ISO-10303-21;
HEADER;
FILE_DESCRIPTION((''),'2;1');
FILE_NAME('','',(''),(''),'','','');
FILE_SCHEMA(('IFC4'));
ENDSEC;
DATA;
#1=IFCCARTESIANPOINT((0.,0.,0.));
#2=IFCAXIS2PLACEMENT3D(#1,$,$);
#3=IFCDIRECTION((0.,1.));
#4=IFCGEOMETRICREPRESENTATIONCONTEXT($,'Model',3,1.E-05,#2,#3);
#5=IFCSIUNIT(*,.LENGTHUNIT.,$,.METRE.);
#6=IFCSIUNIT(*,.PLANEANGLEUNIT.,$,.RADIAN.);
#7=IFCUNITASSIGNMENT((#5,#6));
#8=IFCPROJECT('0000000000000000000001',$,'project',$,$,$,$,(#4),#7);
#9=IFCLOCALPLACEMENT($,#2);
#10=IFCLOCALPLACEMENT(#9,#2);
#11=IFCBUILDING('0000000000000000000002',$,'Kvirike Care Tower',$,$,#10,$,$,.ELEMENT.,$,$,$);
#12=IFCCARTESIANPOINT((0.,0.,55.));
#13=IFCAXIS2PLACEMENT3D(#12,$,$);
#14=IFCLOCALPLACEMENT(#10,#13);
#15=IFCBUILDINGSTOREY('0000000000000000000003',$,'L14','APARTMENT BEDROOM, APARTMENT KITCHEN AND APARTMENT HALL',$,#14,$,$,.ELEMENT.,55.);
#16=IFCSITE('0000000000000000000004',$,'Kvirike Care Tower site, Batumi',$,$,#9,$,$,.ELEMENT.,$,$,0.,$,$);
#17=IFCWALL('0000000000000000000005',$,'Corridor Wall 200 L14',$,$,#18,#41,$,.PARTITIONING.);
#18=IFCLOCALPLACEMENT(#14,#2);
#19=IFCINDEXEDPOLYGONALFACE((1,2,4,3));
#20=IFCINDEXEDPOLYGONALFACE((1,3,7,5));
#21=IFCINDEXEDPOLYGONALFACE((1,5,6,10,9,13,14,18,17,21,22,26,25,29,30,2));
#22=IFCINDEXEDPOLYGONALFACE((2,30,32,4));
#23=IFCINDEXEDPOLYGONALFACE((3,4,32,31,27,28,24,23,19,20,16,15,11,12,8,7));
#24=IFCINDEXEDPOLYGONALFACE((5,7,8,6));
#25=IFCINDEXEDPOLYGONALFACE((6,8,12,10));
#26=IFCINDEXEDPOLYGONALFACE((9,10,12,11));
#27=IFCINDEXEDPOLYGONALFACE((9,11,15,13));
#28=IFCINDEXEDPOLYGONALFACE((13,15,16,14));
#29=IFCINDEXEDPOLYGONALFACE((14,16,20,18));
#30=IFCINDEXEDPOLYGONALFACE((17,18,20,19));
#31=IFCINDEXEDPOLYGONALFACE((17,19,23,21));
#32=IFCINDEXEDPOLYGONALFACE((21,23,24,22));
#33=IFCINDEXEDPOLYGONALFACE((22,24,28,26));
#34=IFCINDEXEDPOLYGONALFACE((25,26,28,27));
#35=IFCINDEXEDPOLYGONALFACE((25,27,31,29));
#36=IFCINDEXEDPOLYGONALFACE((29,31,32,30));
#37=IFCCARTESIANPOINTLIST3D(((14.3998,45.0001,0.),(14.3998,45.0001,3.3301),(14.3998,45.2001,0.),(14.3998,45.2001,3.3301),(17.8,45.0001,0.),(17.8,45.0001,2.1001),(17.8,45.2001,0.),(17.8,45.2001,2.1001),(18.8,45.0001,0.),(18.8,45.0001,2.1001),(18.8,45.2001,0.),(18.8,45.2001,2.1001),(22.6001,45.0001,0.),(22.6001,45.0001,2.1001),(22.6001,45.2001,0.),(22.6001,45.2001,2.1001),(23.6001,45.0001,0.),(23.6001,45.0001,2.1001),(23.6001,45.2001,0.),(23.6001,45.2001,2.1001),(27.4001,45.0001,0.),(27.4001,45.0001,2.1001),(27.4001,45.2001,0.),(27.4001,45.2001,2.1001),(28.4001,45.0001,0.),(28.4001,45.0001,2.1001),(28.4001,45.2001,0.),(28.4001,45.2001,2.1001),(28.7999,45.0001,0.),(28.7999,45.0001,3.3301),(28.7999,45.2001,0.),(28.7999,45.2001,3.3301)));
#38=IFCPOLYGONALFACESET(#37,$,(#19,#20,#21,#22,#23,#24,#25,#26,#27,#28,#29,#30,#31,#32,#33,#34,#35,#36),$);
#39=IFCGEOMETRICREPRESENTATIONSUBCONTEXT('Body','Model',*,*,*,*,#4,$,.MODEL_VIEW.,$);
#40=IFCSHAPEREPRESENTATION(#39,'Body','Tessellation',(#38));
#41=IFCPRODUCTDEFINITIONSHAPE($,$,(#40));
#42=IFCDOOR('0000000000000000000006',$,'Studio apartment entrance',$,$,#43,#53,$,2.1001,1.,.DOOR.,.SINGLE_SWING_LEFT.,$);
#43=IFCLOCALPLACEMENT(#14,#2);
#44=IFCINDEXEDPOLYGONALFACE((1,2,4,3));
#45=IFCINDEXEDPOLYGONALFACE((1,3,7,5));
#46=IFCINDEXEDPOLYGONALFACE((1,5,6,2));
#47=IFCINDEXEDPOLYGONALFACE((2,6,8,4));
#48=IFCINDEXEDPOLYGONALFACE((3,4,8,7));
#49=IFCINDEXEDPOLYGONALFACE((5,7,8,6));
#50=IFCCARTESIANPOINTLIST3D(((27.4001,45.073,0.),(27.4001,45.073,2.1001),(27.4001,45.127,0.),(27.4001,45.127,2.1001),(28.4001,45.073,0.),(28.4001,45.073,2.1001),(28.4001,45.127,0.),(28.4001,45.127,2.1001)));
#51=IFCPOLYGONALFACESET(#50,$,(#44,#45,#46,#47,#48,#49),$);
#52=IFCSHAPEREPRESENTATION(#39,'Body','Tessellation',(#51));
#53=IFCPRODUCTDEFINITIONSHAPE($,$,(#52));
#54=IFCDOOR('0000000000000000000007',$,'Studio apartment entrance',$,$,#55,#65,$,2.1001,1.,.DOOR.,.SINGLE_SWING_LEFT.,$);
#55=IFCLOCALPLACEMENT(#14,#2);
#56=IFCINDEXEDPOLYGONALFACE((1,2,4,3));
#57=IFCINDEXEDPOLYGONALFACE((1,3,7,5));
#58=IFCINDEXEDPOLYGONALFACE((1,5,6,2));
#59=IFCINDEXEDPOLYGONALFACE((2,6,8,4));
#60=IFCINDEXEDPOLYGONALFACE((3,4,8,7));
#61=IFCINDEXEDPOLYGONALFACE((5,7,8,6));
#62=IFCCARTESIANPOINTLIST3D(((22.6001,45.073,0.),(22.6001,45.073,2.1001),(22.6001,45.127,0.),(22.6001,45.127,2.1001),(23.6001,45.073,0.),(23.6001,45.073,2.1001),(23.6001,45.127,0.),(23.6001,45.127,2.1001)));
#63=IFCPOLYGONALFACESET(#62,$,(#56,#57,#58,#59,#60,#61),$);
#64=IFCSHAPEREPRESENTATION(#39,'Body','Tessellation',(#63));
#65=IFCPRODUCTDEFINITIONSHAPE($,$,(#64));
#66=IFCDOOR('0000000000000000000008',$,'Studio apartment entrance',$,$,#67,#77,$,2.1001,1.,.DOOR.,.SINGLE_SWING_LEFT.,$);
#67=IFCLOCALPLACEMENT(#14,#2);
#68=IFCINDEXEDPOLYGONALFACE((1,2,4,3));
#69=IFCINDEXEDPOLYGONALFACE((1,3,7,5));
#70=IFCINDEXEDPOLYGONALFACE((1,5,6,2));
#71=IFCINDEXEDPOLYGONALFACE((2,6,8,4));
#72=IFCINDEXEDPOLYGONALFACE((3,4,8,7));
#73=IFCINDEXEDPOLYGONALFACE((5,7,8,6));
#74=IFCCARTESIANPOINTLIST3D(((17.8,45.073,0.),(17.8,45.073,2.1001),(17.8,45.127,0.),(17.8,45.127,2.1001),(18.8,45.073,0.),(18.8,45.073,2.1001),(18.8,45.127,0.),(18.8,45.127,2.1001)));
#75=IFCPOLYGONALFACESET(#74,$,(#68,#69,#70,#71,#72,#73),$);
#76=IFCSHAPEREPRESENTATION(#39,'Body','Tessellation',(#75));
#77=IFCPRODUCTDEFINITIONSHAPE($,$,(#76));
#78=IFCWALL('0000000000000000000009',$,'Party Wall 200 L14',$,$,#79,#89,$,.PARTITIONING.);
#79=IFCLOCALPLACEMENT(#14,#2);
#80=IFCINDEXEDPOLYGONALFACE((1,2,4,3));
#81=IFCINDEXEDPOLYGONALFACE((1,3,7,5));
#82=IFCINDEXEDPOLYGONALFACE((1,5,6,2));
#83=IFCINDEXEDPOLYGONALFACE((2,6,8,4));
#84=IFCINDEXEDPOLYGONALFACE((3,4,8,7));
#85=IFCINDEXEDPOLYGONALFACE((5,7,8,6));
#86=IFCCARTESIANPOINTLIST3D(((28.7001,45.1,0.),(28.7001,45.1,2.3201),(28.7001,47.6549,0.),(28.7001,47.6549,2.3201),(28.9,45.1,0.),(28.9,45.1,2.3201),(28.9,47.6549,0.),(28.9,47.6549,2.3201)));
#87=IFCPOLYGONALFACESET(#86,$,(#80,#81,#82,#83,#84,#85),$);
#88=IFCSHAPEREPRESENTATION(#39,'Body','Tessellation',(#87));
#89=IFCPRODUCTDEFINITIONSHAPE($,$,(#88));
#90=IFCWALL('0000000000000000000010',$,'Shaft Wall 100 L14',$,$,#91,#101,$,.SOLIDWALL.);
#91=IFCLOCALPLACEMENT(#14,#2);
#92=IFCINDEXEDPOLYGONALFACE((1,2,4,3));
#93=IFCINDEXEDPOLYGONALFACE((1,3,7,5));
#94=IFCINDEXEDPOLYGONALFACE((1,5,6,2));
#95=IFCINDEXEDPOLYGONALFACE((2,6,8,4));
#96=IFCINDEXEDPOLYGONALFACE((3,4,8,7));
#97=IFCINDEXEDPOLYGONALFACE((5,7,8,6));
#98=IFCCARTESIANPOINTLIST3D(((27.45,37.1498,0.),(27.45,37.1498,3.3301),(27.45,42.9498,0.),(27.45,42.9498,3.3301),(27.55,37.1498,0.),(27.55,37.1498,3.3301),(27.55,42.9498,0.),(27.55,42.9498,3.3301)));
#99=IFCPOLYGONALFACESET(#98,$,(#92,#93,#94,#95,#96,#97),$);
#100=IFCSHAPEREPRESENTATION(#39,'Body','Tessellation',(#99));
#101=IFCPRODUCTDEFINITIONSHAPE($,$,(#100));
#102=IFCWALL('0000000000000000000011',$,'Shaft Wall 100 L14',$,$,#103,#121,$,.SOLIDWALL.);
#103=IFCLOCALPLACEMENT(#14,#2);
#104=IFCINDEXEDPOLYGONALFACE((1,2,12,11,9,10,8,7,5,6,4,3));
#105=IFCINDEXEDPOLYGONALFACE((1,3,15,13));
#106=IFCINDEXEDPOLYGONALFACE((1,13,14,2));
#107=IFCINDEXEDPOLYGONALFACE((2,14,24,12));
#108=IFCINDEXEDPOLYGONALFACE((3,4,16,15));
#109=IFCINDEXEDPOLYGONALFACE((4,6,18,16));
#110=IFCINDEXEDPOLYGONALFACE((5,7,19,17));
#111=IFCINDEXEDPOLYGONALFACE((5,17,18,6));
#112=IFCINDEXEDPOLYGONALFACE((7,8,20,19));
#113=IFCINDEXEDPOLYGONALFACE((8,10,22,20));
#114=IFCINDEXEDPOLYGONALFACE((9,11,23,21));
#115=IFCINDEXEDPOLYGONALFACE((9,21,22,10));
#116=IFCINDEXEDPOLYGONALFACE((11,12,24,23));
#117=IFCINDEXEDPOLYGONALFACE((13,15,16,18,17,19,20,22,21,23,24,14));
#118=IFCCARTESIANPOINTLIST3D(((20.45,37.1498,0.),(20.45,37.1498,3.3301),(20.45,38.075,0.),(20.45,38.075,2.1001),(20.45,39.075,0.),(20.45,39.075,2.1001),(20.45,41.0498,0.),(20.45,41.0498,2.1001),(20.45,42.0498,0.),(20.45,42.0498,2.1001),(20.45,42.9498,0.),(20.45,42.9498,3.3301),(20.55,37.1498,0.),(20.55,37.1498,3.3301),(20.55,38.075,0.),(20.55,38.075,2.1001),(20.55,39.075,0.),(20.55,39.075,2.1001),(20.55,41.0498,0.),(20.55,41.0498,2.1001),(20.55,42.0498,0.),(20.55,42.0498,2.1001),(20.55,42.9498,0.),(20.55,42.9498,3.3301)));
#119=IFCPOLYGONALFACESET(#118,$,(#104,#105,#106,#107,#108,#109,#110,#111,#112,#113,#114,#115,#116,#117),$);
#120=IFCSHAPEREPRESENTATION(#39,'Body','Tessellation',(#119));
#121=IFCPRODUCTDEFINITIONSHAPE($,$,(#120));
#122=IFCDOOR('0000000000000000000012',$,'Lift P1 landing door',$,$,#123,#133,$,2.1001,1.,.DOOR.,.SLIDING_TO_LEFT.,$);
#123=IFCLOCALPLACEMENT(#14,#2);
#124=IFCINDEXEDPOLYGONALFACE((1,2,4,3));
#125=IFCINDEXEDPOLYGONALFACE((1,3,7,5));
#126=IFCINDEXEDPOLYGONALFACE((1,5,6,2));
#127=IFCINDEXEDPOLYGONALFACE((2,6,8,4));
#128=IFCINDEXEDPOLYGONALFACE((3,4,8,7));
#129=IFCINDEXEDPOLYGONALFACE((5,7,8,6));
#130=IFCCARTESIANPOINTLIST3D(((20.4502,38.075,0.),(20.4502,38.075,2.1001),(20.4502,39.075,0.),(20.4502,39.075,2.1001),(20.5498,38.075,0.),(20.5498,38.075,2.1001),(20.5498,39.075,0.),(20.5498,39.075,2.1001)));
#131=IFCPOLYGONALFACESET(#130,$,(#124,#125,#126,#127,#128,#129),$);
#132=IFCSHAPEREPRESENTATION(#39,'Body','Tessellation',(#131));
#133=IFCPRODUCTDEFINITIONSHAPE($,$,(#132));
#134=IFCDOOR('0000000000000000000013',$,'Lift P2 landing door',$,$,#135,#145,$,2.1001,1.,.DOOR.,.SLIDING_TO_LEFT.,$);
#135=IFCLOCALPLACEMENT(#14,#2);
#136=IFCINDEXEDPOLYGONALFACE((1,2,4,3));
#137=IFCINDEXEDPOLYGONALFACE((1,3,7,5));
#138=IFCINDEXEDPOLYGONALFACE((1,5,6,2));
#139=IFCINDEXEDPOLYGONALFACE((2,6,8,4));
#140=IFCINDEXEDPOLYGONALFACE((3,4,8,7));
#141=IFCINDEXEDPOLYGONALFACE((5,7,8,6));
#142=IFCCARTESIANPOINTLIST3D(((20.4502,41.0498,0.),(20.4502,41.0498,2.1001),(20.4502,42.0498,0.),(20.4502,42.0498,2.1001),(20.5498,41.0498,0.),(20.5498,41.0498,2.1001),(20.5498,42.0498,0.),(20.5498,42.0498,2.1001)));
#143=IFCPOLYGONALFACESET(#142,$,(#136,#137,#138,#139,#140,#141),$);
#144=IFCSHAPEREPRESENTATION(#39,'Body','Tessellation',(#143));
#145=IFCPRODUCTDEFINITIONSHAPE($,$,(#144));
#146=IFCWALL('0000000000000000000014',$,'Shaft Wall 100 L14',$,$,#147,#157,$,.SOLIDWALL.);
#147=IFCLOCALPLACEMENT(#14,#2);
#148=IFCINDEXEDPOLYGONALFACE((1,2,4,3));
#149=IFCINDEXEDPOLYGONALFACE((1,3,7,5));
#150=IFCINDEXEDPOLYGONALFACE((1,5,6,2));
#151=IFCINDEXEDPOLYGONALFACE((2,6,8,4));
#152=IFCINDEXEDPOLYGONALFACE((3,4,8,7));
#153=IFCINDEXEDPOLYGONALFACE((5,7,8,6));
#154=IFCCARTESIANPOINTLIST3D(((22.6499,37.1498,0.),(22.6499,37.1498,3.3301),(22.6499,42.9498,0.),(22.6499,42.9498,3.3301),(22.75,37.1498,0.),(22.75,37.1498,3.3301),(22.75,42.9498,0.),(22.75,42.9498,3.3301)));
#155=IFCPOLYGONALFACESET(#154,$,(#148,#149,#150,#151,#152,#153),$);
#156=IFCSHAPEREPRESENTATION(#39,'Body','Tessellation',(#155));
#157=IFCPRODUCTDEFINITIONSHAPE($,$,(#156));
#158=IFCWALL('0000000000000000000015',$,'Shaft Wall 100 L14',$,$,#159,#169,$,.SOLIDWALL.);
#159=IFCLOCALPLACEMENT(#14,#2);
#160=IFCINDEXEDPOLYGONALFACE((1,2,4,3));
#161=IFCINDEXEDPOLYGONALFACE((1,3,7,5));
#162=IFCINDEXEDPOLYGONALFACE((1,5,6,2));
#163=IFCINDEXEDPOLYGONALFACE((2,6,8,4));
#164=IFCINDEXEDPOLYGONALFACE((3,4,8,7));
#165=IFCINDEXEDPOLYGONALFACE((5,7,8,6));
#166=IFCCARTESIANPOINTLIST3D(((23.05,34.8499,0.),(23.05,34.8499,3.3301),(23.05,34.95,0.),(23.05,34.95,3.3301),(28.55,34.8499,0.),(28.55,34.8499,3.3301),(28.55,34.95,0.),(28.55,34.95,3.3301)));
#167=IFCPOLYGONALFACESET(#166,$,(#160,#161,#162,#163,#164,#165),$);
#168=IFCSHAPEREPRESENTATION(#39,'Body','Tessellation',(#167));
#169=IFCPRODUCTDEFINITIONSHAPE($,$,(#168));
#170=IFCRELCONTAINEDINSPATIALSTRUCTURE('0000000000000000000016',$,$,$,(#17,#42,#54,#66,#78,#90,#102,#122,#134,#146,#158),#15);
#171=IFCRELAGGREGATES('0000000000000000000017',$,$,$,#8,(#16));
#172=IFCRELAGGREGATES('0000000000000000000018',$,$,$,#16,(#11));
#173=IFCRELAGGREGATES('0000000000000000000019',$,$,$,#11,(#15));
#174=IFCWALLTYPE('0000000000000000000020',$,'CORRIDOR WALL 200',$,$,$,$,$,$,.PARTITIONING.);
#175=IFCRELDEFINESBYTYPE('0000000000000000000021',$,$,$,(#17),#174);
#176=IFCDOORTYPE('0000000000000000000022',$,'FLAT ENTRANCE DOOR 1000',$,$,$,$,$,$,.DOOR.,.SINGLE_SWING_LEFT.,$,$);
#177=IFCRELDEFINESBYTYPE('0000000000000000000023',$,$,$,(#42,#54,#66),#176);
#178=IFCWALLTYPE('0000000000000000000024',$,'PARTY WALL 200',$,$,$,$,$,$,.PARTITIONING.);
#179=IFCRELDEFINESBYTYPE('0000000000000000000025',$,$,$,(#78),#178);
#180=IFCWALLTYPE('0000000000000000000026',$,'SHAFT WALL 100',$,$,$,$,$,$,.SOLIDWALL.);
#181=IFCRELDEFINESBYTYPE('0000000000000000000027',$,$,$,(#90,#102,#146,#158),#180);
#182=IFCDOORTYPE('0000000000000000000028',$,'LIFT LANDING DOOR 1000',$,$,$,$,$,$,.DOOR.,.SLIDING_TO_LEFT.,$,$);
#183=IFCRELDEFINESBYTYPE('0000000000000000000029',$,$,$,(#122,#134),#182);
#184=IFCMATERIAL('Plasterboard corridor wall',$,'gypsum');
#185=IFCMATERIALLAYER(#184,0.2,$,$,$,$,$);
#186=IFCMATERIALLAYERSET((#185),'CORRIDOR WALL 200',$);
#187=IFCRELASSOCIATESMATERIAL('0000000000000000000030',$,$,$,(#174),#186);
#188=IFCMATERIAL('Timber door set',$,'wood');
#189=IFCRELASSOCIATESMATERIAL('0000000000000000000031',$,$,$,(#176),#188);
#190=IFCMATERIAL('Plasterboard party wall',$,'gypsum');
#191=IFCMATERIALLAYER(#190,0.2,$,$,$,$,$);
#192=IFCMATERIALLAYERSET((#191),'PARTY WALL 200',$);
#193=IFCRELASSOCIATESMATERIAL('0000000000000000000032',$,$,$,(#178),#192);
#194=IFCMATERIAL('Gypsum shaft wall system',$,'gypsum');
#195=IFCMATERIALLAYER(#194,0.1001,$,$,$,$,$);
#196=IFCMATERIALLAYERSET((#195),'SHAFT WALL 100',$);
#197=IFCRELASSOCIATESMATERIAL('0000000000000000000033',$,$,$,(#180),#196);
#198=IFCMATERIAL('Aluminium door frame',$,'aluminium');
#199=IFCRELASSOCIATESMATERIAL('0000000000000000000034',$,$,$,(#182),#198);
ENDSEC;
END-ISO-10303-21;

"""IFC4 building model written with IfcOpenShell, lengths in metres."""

from ifc_helpers import new_model, si_unit, direction, frame, frame_2d, origin, place, context, subcontext, project, spatial, rectangle, extrude, material, layer, layer_set, type_object, element, fill, save


model = new_model("IFC4")

# Units and contexts
model_context = context("Model", 3, precision=1e-05, world=origin(), true_north=direction((0.0, 1.0)))
body_context = subcontext(model_context, "Body", "Model", "MODEL_VIEW")
ifc_project = project(units=[si_unit("LENGTHUNIT", "METRE"), si_unit("PLANEANGLEUNIT", "RADIAN")], contexts=[model_context])

# Site, building, storey
site_placement = place(None, origin())
site = spatial("IfcSite", under=ifc_project, at=site_placement, Name="Kvirike Care Tower site, Batumi", CompositionType="ELEMENT", RefElevation=0.0)
building_placement = place(site_placement, origin())
building = spatial("IfcBuilding", under=site, at=building_placement, Name="Kvirike Care Tower", CompositionType="ELEMENT")
storey_placement = place(building_placement, frame((0.0, 0.0, 55.0)))
storey = spatial("IfcBuildingStorey", under=building, at=storey_placement, Name="L14", Description="APARTMENT BEDROOM, APARTMENT KITCHEN AND APARTMENT HALL", CompositionType="ELEMENT", Elevation=55.0)

# Wall, openings, doors
ifc_material_1 = material(Name="Plasterboard corridor wall", Category="gypsum")
ifc_layer_1 = layer(ifc_material_1, 0.2)
ifc_layer_set_1 = layer_set([ifc_layer_1], Name="CORRIDOR WALL 200")
wall_type_1 = type_object("IfcWallType", Name="CORRIDOR WALL 200", PredefinedType="PARTITIONING", material=ifc_layer_set_1)
wall_1_placement = place(storey_placement, frame((28.8, 45.1001, 0.0), z_axis=(0.0, 0.0, 1.0), x_axis=(-1.0, 0.0, 0.0)))
wall_1 = element("IfcWall", 1, at=wall_1_placement, inside=storey, type_object=wall_type_1, Name="Corridor Wall 200 L14", PredefinedType="PARTITIONING", context=body_context, shape_type="SweptSolid", body=[
    extrude(rectangle(XDim=14.4001, YDim=0.2, at=frame_2d((7.2002, 0.0))), origin(), (0.0, 0.0, 1.0), 3.3301),
])
opening_1_placement = place(wall_1_placement, frame((0.3999, 0.0, 0.0)))
opening_1 = element("IfcOpeningElement", 2, at=opening_1_placement, cuts=wall_1, PredefinedType="OPENING", context=body_context, shape_type="SweptSolid", body=[
    extrude(rectangle(XDim=1.0, YDim=2.1001, at=frame_2d((0.5, 1.05))), frame((0.0, 0.1106, 0.0), z_axis=(0.0, -1.0, 0.0), x_axis=(1.0, 0.0, 0.0)), (0.0, 0.0, 1.0), 0.2209),
])
opening_2_placement = place(wall_1_placement, frame((5.2, 0.0, 0.0)))
opening_2 = element("IfcOpeningElement", 3, at=opening_2_placement, cuts=wall_1, PredefinedType="OPENING", context=body_context, shape_type="SweptSolid", body=[
    extrude(rectangle(XDim=1.0, YDim=2.1001, at=frame_2d((0.5, 1.05))), frame((0.0, 0.1106, 0.0), z_axis=(0.0, -1.0, 0.0), x_axis=(1.0, 0.0, 0.0)), (0.0, 0.0, 1.0), 0.2209),
])
opening_3_placement = place(wall_1_placement, frame((10.0, 0.0, 0.0)))
opening_3 = element("IfcOpeningElement", 4, at=opening_3_placement, cuts=wall_1, PredefinedType="OPENING", context=body_context, shape_type="SweptSolid", body=[
    extrude(rectangle(XDim=1.0, YDim=2.1001, at=frame_2d((0.5, 1.05))), frame((0.0, 0.1106, 0.0), z_axis=(0.0, -1.0, 0.0), x_axis=(1.0, 0.0, 0.0)), (0.0, 0.0, 1.0), 0.2209),
])
ifc_material_2 = material(Name="Timber door set", Category="wood")
door_type_1 = type_object("IfcDoorType", Name="FLAT ENTRANCE DOOR 1000", OperationType="SINGLE_SWING_LEFT", PredefinedType="DOOR", material=ifc_material_2)
door_1_placement = place(opening_1_placement, frame((1.0, 0.0, 0.0), z_axis=(0.0, 0.0, 1.0), x_axis=(-1.0, 0.0, 0.0)))
door_1 = element("IfcDoor", 5, at=door_1_placement, inside=storey, type_object=door_type_1, Name="Studio apartment entrance", OperationType="SINGLE_SWING_LEFT", OverallHeight=2.1001, OverallWidth=1.0, PredefinedType="DOOR", context=body_context, shape_type="SweptSolid", body=[
    extrude(rectangle(XDim=1.0, YDim=2.1001, at=frame_2d((0.5, 1.05))), frame((0.0, 0.0269, 0.0), z_axis=(0.0, -1.0, 0.0), x_axis=(1.0, 0.0, 0.0)), (0.0, 0.0, 1.0), 0.054),
])
fill(opening_1, door_1)
door_2_placement = place(opening_2_placement, frame((1.0, 0.0, 0.0), z_axis=(0.0, 0.0, 1.0), x_axis=(-1.0, 0.0, 0.0)))
door_2 = element("IfcDoor", 6, at=door_2_placement, inside=storey, type_object=door_type_1, Name="Studio apartment entrance", OperationType="SINGLE_SWING_LEFT", OverallHeight=2.1001, OverallWidth=1.0, PredefinedType="DOOR", context=body_context, shape_type="SweptSolid", body=[
    extrude(rectangle(XDim=1.0, YDim=2.1001, at=frame_2d((0.5, 1.05))), frame((0.0, 0.0269, 0.0), z_axis=(0.0, -1.0, 0.0), x_axis=(1.0, 0.0, 0.0)), (0.0, 0.0, 1.0), 0.054),
])
fill(opening_2, door_2)
door_3_placement = place(opening_3_placement, frame((1.0, 0.0, 0.0), z_axis=(0.0, 0.0, 1.0), x_axis=(-1.0, 0.0, 0.0)))
door_3 = element("IfcDoor", 7, at=door_3_placement, inside=storey, type_object=door_type_1, Name="Studio apartment entrance", OperationType="SINGLE_SWING_LEFT", OverallHeight=2.1001, OverallWidth=1.0, PredefinedType="DOOR", context=body_context, shape_type="SweptSolid", body=[
    extrude(rectangle(XDim=1.0, YDim=2.1001, at=frame_2d((0.5, 1.05))), frame((0.0, 0.0269, 0.0), z_axis=(0.0, -1.0, 0.0), x_axis=(1.0, 0.0, 0.0)), (0.0, 0.0, 1.0), 0.054),
])
fill(opening_3, door_3)

# Walls
ifc_material_3 = material(Name="Plasterboard party wall", Category="gypsum")
ifc_layer_2 = layer(ifc_material_3, 0.2)
ifc_layer_set_2 = layer_set([ifc_layer_2], Name="PARTY WALL 200")
wall_type_2 = type_object("IfcWallType", Name="PARTY WALL 200", PredefinedType="PARTITIONING", material=ifc_layer_set_2)
wall_2_placement = place(storey_placement, frame((28.8, 45.1001, 0.0), z_axis=(0.0, 0.0, 1.0), x_axis=(0.0, 1.0, 0.0)))
element("IfcWall", 8, at=wall_2_placement, inside=storey, type_object=wall_type_2, Name="Party Wall 200 L14", PredefinedType="PARTITIONING", context=body_context, shape_type="SweptSolid", body=[
    extrude(rectangle(XDim=2.5549, YDim=0.2, at=frame_2d((1.2773, 0.0))), origin(), (0.0, 0.0, 1.0), 2.3201),
])
ifc_material_4 = material(Name="Gypsum shaft wall system", Category="gypsum")
ifc_layer_3 = layer(ifc_material_4, 0.1001)
ifc_layer_set_3 = layer_set([ifc_layer_3], Name="SHAFT WALL 100")
wall_type_3 = type_object("IfcWallType", Name="SHAFT WALL 100", PredefinedType="SOLIDWALL", material=ifc_layer_set_3)
wall_3_placement = place(storey_placement, frame((27.5, 37.1499, 0.0), z_axis=(0.0, 0.0, 1.0), x_axis=(0.0, 1.0, 0.0)))
element("IfcWall", 9, at=wall_3_placement, inside=storey, type_object=wall_type_3, Name="Shaft Wall 100 L14", PredefinedType="SOLIDWALL", context=body_context, shape_type="SweptSolid", body=[
    extrude(rectangle(XDim=5.8, YDim=0.1001, at=frame_2d((2.8999, 0.0))), origin(), (0.0, 0.0, 1.0), 3.3301),
])

# Wall, openings, doors
wall_4_placement = place(storey_placement, frame((20.5, 37.1499, 0.0), z_axis=(0.0, 0.0, 1.0), x_axis=(0.0, 1.0, 0.0)))
wall_4 = element("IfcWall", 10, at=wall_4_placement, inside=storey, type_object=wall_type_3, Name="Shaft Wall 100 L14", PredefinedType="SOLIDWALL", context=body_context, shape_type="SweptSolid", body=[
    extrude(rectangle(XDim=5.8, YDim=0.1001, at=frame_2d((2.8999, 0.0))), origin(), (0.0, 0.0, 1.0), 3.3301),
])
opening_4_placement = place(wall_4_placement, frame((0.925, 0.0, 0.0)))
opening_4 = element("IfcOpeningElement", 11, at=opening_4_placement, cuts=wall_4, PredefinedType="OPENING", context=body_context, shape_type="SweptSolid", body=[
    extrude(rectangle(XDim=1.0, YDim=2.1001, at=frame_2d((0.5, 1.05))), frame((0.0, 0.0605, 0.0), z_axis=(0.0, -1.0, 0.0), x_axis=(1.0, 0.0, 0.0)), (0.0, 0.0, 1.0), 0.1211),
])
opening_5_placement = place(wall_4_placement, frame((3.8999, 0.0, 0.0)))
opening_5 = element("IfcOpeningElement", 12, at=opening_5_placement, cuts=wall_4, PredefinedType="OPENING", context=body_context, shape_type="SweptSolid", body=[
    extrude(rectangle(XDim=1.0, YDim=2.1001, at=frame_2d((0.5, 1.05))), frame((0.0, 0.0605, 0.0), z_axis=(0.0, -1.0, 0.0), x_axis=(1.0, 0.0, 0.0)), (0.0, 0.0, 1.0), 0.1211),
])
ifc_material_5 = material(Name="Aluminium door frame", Category="aluminium")
door_type_2 = type_object("IfcDoorType", Name="LIFT LANDING DOOR 1000", OperationType="SLIDING_TO_LEFT", PredefinedType="DOOR", material=ifc_material_5)
door_4_placement = place(opening_4_placement, origin())
door_4 = element("IfcDoor", 13, at=door_4_placement, inside=storey, type_object=door_type_2, Name="Lift P1 landing door", OperationType="SLIDING_TO_LEFT", OverallHeight=2.1001, OverallWidth=1.0, PredefinedType="DOOR", context=body_context, shape_type="SweptSolid", body=[
    extrude(rectangle(XDim=1.0, YDim=2.1001, at=frame_2d((0.5, 1.05))), frame((0.0, 0.0498, 0.0), z_axis=(0.0, -1.0, 0.0), x_axis=(1.0, 0.0, 0.0)), (0.0, 0.0, 1.0), 0.0996),
])
fill(opening_4, door_4)
door_5_placement = place(opening_5_placement, origin())
door_5 = element("IfcDoor", 14, at=door_5_placement, inside=storey, type_object=door_type_2, Name="Lift P2 landing door", OperationType="SLIDING_TO_LEFT", OverallHeight=2.1001, OverallWidth=1.0, PredefinedType="DOOR", context=body_context, shape_type="SweptSolid", body=[
    extrude(rectangle(XDim=1.0, YDim=2.1001, at=frame_2d((0.5, 1.05))), frame((0.0, 0.0498, 0.0), z_axis=(0.0, -1.0, 0.0), x_axis=(1.0, 0.0, 0.0)), (0.0, 0.0, 1.0), 0.0996),
])
fill(opening_5, door_5)

# Walls
wall_5_placement = place(storey_placement, frame((22.7, 37.1499, 0.0), z_axis=(0.0, 0.0, 1.0), x_axis=(0.0, 1.0, 0.0)))
element("IfcWall", 15, at=wall_5_placement, inside=storey, type_object=wall_type_3, Name="Shaft Wall 100 L14", PredefinedType="SOLIDWALL", context=body_context, shape_type="SweptSolid", body=[
    extrude(rectangle(XDim=5.8, YDim=0.1001, at=frame_2d((2.8999, 0.0))), origin(), (0.0, 0.0, 1.0), 3.3301),
])
wall_6_placement = place(storey_placement, frame((23.05, 34.8999, 0.0), z_axis=(0.0, 0.0, 1.0), x_axis=(1.0, 0.0, 0.0)))
element("IfcWall", 16, at=wall_6_placement, inside=storey, type_object=wall_type_3, Name="Shaft Wall 100 L14", PredefinedType="SOLIDWALL", context=body_context, shape_type="SweptSolid", body=[
    extrude(rectangle(XDim=5.5, YDim=0.1001, at=frame_2d((2.75, 0.0))), origin(), (0.0, 0.0, 1.0), 3.3301),
])

save(model, "model.ifc")
